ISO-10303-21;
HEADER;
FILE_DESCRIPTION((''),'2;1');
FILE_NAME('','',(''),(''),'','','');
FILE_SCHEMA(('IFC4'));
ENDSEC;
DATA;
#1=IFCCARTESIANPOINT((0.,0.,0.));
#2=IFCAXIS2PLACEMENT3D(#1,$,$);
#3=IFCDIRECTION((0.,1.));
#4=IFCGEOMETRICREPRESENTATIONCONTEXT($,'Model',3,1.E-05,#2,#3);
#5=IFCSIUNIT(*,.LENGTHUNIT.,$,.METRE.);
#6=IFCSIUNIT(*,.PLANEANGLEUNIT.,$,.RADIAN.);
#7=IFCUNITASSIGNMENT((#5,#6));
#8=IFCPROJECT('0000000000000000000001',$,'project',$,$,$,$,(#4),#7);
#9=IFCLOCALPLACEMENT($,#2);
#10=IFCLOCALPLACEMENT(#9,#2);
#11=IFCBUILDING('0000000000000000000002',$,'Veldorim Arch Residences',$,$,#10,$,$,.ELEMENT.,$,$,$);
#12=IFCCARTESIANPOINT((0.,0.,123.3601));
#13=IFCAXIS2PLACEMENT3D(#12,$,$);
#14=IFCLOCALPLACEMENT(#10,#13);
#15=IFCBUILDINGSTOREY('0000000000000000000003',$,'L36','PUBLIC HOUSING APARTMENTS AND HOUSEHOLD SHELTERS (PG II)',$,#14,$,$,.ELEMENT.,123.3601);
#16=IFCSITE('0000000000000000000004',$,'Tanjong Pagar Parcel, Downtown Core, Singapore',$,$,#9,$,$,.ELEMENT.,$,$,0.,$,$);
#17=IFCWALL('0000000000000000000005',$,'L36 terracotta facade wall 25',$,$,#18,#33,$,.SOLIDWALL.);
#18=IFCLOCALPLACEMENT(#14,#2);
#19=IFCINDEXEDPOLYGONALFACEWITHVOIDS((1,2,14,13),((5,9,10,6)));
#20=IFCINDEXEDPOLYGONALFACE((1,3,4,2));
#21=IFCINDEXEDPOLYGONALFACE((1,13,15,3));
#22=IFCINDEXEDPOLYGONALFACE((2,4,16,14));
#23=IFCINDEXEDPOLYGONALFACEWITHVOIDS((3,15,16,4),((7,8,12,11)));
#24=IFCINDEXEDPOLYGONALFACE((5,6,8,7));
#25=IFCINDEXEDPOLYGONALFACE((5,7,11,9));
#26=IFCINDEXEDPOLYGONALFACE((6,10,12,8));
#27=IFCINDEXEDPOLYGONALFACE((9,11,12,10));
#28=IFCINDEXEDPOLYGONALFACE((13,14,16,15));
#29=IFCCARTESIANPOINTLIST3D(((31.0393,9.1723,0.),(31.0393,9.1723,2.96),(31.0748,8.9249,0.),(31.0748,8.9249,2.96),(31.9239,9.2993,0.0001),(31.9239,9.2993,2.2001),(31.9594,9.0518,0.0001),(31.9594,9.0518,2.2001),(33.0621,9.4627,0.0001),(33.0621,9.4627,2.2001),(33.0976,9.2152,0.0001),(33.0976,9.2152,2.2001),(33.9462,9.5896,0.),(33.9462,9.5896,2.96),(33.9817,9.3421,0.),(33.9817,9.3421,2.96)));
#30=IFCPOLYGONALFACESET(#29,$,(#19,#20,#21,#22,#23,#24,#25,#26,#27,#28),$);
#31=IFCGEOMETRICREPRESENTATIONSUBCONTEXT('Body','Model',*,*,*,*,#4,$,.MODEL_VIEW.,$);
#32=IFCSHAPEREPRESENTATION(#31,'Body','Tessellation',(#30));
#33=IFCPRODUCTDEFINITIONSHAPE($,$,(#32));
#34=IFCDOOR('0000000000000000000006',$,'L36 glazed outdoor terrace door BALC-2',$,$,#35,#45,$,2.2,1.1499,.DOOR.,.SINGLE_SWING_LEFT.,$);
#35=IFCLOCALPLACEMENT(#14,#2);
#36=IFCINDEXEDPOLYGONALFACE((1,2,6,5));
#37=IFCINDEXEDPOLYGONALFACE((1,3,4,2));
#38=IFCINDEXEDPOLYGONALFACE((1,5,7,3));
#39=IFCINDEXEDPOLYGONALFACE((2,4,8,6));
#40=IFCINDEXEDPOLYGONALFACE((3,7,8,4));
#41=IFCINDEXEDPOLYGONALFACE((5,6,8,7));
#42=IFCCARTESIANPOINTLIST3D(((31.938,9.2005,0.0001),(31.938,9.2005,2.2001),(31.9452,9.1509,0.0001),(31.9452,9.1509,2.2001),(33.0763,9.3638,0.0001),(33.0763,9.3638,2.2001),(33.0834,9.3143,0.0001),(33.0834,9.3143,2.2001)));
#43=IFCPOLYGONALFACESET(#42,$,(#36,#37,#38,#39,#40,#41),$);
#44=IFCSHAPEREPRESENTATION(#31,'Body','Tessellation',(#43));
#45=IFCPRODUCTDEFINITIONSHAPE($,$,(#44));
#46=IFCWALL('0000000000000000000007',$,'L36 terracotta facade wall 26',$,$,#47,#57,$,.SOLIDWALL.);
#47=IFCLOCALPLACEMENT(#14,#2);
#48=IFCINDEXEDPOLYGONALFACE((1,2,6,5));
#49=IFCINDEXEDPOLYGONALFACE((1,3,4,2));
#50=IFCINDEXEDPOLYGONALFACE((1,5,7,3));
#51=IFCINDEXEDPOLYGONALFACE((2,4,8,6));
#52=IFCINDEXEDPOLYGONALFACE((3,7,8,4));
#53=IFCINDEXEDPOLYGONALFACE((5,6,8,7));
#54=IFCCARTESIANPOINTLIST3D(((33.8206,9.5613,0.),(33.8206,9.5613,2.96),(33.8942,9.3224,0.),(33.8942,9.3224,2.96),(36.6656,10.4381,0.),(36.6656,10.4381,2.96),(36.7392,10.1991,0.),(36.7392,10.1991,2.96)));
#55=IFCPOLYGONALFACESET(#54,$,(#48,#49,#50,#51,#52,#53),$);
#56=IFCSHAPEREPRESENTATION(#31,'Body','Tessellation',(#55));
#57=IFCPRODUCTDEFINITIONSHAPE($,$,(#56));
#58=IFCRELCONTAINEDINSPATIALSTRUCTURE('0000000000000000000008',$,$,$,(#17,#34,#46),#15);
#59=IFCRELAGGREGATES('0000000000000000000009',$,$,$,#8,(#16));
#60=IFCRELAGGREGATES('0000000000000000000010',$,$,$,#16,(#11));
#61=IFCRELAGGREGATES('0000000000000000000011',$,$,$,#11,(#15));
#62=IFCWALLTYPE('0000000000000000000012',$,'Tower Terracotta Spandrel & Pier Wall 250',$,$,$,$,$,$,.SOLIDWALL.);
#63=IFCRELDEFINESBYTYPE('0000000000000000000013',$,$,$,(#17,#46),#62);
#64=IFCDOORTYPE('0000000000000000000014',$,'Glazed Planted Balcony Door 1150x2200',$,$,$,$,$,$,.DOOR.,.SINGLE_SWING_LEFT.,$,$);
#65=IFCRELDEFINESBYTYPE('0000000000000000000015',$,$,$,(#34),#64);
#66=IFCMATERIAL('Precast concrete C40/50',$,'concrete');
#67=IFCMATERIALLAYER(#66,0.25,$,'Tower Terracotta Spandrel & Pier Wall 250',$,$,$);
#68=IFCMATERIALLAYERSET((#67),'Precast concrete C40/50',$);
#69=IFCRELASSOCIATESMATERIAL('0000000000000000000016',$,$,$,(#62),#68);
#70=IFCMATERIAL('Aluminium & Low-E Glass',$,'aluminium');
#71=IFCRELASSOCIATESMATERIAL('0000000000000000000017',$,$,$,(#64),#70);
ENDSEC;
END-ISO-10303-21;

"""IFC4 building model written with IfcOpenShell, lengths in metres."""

from ifc_helpers import new_model, si_unit, direction, frame, frame_2d, origin, place, context, subcontext, project, spatial, rectangle, extrude, material, layer, layer_set, type_object, element, fill, save


model = new_model("IFC4")

# Units and contexts
model_context = context("Model", 3, precision=1e-05, world=origin(), true_north=direction((0.0, 1.0)))
body_context = subcontext(model_context, "Body", "Model", "MODEL_VIEW")
ifc_project = project(units=[si_unit("LENGTHUNIT", "METRE"), si_unit("PLANEANGLEUNIT", "RADIAN")], contexts=[model_context])

# Site, building, storey
site_placement = place(None, origin())
site = spatial("IfcSite", under=ifc_project, at=site_placement, Name="Tanjong Pagar Parcel, Downtown Core, Singapore", CompositionType="ELEMENT", RefElevation=0.0)
building_placement = place(site_placement, origin())
building = spatial("IfcBuilding", under=site, at=building_placement, Name="Veldorim Arch Residences", CompositionType="ELEMENT")
storey_placement = place(building_placement, frame((0.0, 0.0, 123.3601)))
storey = spatial("IfcBuildingStorey", under=building, at=storey_placement, Name="L36", Description="PUBLIC HOUSING APARTMENTS AND HOUSEHOLD SHELTERS (PG II)", CompositionType="ELEMENT", Elevation=123.3601)

# Wall, opening, door
ifc_material_1 = material(Name="Precast concrete C40/50", Category="concrete")
ifc_layer_1 = layer(ifc_material_1, 0.25, Name="Tower Terracotta Spandrel & Pier Wall 250")
ifc_layer_set_1 = layer_set([ifc_layer_1], Name="Precast concrete C40/50")
wall_type_1 = type_object("IfcWallType", Name="Tower Terracotta Spandrel & Pier Wall 250", PredefinedType="SOLIDWALL", material=ifc_layer_set_1)
wall_1_placement = place(storey_placement, frame((33.9639, 9.4658, 0.0), z_axis=(0.0, 0.0, 1.0), x_axis=(-0.989856, -0.142073, 0.0)))
wall_1 = element("IfcWall", 1, at=wall_1_placement, inside=storey, type_object=wall_type_1, Name="L36 terracotta facade wall 25", PredefinedType="SOLIDWALL", context=body_context, shape_type="SweptSolid", body=[
    extrude(rectangle(XDim=2.9368, YDim=0.25, at=frame_2d((1.4683, 0.0))), origin(), (0.0, 0.0, 1.0), 2.96),
])
opening_placement = place(wall_1_placement, frame((0.8931, 0.0, 0.0)))
opening = element("IfcOpeningElement", 2, at=opening_placement, cuts=wall_1, PredefinedType="OPENING", context=body_context, shape_type="SweptSolid", body=[
    extrude(rectangle(XDim=1.1499, YDim=2.2, at=frame_2d((0.575, 1.1001))), frame((0.0, 0.135, 0.0), z_axis=(0.0, -1.0, 0.0), x_axis=(1.0, 0.0, 0.0)), (0.0, 0.0, 1.0), 0.27),
])
ifc_material_2 = material(Name="Aluminium & Low-E Glass", Category="aluminium")
door_type = type_object("IfcDoorType", Name="Glazed Planted Balcony Door 1150x2200", OperationType="SINGLE_SWING_LEFT", PredefinedType="DOOR", material=ifc_material_2)
door_placement = place(opening_placement, origin())
door = element("IfcDoor", 3, at=door_placement, inside=storey, type_object=door_type, Name="L36 glazed outdoor terrace door BALC-2", OperationType="SINGLE_SWING_LEFT", OverallHeight=2.2, OverallWidth=1.1499, PredefinedType="DOOR", context=body_context, shape_type="SweptSolid", body=[
    extrude(rectangle(XDim=1.1499, YDim=2.2, at=frame_2d((0.575, 1.1001))), frame((0.0, 0.0249, 0.0), z_axis=(0.0, -1.0, 0.0), x_axis=(1.0, 0.0, 0.0)), (0.0, 0.0, 1.0), 0.05),
])
fill(opening, door)

# Wall
wall_2_placement = place(storey_placement, frame((36.7024, 10.3186, 0.0), z_axis=(0.0, 0.0, 1.0), x_axis=(-0.955653, -0.294495, 0.0)))
element("IfcWall", 4, at=wall_2_placement, inside=storey, type_object=wall_type_1, Name="L36 terracotta facade wall 26", PredefinedType="SOLIDWALL", context=body_context, shape_type="SweptSolid", body=[
    extrude(rectangle(XDim=2.9771, YDim=0.25, at=frame_2d((1.4885, 0.0))), origin(), (0.0, 0.0, 1.0), 2.96),
])

save(model, "model.ifc")
